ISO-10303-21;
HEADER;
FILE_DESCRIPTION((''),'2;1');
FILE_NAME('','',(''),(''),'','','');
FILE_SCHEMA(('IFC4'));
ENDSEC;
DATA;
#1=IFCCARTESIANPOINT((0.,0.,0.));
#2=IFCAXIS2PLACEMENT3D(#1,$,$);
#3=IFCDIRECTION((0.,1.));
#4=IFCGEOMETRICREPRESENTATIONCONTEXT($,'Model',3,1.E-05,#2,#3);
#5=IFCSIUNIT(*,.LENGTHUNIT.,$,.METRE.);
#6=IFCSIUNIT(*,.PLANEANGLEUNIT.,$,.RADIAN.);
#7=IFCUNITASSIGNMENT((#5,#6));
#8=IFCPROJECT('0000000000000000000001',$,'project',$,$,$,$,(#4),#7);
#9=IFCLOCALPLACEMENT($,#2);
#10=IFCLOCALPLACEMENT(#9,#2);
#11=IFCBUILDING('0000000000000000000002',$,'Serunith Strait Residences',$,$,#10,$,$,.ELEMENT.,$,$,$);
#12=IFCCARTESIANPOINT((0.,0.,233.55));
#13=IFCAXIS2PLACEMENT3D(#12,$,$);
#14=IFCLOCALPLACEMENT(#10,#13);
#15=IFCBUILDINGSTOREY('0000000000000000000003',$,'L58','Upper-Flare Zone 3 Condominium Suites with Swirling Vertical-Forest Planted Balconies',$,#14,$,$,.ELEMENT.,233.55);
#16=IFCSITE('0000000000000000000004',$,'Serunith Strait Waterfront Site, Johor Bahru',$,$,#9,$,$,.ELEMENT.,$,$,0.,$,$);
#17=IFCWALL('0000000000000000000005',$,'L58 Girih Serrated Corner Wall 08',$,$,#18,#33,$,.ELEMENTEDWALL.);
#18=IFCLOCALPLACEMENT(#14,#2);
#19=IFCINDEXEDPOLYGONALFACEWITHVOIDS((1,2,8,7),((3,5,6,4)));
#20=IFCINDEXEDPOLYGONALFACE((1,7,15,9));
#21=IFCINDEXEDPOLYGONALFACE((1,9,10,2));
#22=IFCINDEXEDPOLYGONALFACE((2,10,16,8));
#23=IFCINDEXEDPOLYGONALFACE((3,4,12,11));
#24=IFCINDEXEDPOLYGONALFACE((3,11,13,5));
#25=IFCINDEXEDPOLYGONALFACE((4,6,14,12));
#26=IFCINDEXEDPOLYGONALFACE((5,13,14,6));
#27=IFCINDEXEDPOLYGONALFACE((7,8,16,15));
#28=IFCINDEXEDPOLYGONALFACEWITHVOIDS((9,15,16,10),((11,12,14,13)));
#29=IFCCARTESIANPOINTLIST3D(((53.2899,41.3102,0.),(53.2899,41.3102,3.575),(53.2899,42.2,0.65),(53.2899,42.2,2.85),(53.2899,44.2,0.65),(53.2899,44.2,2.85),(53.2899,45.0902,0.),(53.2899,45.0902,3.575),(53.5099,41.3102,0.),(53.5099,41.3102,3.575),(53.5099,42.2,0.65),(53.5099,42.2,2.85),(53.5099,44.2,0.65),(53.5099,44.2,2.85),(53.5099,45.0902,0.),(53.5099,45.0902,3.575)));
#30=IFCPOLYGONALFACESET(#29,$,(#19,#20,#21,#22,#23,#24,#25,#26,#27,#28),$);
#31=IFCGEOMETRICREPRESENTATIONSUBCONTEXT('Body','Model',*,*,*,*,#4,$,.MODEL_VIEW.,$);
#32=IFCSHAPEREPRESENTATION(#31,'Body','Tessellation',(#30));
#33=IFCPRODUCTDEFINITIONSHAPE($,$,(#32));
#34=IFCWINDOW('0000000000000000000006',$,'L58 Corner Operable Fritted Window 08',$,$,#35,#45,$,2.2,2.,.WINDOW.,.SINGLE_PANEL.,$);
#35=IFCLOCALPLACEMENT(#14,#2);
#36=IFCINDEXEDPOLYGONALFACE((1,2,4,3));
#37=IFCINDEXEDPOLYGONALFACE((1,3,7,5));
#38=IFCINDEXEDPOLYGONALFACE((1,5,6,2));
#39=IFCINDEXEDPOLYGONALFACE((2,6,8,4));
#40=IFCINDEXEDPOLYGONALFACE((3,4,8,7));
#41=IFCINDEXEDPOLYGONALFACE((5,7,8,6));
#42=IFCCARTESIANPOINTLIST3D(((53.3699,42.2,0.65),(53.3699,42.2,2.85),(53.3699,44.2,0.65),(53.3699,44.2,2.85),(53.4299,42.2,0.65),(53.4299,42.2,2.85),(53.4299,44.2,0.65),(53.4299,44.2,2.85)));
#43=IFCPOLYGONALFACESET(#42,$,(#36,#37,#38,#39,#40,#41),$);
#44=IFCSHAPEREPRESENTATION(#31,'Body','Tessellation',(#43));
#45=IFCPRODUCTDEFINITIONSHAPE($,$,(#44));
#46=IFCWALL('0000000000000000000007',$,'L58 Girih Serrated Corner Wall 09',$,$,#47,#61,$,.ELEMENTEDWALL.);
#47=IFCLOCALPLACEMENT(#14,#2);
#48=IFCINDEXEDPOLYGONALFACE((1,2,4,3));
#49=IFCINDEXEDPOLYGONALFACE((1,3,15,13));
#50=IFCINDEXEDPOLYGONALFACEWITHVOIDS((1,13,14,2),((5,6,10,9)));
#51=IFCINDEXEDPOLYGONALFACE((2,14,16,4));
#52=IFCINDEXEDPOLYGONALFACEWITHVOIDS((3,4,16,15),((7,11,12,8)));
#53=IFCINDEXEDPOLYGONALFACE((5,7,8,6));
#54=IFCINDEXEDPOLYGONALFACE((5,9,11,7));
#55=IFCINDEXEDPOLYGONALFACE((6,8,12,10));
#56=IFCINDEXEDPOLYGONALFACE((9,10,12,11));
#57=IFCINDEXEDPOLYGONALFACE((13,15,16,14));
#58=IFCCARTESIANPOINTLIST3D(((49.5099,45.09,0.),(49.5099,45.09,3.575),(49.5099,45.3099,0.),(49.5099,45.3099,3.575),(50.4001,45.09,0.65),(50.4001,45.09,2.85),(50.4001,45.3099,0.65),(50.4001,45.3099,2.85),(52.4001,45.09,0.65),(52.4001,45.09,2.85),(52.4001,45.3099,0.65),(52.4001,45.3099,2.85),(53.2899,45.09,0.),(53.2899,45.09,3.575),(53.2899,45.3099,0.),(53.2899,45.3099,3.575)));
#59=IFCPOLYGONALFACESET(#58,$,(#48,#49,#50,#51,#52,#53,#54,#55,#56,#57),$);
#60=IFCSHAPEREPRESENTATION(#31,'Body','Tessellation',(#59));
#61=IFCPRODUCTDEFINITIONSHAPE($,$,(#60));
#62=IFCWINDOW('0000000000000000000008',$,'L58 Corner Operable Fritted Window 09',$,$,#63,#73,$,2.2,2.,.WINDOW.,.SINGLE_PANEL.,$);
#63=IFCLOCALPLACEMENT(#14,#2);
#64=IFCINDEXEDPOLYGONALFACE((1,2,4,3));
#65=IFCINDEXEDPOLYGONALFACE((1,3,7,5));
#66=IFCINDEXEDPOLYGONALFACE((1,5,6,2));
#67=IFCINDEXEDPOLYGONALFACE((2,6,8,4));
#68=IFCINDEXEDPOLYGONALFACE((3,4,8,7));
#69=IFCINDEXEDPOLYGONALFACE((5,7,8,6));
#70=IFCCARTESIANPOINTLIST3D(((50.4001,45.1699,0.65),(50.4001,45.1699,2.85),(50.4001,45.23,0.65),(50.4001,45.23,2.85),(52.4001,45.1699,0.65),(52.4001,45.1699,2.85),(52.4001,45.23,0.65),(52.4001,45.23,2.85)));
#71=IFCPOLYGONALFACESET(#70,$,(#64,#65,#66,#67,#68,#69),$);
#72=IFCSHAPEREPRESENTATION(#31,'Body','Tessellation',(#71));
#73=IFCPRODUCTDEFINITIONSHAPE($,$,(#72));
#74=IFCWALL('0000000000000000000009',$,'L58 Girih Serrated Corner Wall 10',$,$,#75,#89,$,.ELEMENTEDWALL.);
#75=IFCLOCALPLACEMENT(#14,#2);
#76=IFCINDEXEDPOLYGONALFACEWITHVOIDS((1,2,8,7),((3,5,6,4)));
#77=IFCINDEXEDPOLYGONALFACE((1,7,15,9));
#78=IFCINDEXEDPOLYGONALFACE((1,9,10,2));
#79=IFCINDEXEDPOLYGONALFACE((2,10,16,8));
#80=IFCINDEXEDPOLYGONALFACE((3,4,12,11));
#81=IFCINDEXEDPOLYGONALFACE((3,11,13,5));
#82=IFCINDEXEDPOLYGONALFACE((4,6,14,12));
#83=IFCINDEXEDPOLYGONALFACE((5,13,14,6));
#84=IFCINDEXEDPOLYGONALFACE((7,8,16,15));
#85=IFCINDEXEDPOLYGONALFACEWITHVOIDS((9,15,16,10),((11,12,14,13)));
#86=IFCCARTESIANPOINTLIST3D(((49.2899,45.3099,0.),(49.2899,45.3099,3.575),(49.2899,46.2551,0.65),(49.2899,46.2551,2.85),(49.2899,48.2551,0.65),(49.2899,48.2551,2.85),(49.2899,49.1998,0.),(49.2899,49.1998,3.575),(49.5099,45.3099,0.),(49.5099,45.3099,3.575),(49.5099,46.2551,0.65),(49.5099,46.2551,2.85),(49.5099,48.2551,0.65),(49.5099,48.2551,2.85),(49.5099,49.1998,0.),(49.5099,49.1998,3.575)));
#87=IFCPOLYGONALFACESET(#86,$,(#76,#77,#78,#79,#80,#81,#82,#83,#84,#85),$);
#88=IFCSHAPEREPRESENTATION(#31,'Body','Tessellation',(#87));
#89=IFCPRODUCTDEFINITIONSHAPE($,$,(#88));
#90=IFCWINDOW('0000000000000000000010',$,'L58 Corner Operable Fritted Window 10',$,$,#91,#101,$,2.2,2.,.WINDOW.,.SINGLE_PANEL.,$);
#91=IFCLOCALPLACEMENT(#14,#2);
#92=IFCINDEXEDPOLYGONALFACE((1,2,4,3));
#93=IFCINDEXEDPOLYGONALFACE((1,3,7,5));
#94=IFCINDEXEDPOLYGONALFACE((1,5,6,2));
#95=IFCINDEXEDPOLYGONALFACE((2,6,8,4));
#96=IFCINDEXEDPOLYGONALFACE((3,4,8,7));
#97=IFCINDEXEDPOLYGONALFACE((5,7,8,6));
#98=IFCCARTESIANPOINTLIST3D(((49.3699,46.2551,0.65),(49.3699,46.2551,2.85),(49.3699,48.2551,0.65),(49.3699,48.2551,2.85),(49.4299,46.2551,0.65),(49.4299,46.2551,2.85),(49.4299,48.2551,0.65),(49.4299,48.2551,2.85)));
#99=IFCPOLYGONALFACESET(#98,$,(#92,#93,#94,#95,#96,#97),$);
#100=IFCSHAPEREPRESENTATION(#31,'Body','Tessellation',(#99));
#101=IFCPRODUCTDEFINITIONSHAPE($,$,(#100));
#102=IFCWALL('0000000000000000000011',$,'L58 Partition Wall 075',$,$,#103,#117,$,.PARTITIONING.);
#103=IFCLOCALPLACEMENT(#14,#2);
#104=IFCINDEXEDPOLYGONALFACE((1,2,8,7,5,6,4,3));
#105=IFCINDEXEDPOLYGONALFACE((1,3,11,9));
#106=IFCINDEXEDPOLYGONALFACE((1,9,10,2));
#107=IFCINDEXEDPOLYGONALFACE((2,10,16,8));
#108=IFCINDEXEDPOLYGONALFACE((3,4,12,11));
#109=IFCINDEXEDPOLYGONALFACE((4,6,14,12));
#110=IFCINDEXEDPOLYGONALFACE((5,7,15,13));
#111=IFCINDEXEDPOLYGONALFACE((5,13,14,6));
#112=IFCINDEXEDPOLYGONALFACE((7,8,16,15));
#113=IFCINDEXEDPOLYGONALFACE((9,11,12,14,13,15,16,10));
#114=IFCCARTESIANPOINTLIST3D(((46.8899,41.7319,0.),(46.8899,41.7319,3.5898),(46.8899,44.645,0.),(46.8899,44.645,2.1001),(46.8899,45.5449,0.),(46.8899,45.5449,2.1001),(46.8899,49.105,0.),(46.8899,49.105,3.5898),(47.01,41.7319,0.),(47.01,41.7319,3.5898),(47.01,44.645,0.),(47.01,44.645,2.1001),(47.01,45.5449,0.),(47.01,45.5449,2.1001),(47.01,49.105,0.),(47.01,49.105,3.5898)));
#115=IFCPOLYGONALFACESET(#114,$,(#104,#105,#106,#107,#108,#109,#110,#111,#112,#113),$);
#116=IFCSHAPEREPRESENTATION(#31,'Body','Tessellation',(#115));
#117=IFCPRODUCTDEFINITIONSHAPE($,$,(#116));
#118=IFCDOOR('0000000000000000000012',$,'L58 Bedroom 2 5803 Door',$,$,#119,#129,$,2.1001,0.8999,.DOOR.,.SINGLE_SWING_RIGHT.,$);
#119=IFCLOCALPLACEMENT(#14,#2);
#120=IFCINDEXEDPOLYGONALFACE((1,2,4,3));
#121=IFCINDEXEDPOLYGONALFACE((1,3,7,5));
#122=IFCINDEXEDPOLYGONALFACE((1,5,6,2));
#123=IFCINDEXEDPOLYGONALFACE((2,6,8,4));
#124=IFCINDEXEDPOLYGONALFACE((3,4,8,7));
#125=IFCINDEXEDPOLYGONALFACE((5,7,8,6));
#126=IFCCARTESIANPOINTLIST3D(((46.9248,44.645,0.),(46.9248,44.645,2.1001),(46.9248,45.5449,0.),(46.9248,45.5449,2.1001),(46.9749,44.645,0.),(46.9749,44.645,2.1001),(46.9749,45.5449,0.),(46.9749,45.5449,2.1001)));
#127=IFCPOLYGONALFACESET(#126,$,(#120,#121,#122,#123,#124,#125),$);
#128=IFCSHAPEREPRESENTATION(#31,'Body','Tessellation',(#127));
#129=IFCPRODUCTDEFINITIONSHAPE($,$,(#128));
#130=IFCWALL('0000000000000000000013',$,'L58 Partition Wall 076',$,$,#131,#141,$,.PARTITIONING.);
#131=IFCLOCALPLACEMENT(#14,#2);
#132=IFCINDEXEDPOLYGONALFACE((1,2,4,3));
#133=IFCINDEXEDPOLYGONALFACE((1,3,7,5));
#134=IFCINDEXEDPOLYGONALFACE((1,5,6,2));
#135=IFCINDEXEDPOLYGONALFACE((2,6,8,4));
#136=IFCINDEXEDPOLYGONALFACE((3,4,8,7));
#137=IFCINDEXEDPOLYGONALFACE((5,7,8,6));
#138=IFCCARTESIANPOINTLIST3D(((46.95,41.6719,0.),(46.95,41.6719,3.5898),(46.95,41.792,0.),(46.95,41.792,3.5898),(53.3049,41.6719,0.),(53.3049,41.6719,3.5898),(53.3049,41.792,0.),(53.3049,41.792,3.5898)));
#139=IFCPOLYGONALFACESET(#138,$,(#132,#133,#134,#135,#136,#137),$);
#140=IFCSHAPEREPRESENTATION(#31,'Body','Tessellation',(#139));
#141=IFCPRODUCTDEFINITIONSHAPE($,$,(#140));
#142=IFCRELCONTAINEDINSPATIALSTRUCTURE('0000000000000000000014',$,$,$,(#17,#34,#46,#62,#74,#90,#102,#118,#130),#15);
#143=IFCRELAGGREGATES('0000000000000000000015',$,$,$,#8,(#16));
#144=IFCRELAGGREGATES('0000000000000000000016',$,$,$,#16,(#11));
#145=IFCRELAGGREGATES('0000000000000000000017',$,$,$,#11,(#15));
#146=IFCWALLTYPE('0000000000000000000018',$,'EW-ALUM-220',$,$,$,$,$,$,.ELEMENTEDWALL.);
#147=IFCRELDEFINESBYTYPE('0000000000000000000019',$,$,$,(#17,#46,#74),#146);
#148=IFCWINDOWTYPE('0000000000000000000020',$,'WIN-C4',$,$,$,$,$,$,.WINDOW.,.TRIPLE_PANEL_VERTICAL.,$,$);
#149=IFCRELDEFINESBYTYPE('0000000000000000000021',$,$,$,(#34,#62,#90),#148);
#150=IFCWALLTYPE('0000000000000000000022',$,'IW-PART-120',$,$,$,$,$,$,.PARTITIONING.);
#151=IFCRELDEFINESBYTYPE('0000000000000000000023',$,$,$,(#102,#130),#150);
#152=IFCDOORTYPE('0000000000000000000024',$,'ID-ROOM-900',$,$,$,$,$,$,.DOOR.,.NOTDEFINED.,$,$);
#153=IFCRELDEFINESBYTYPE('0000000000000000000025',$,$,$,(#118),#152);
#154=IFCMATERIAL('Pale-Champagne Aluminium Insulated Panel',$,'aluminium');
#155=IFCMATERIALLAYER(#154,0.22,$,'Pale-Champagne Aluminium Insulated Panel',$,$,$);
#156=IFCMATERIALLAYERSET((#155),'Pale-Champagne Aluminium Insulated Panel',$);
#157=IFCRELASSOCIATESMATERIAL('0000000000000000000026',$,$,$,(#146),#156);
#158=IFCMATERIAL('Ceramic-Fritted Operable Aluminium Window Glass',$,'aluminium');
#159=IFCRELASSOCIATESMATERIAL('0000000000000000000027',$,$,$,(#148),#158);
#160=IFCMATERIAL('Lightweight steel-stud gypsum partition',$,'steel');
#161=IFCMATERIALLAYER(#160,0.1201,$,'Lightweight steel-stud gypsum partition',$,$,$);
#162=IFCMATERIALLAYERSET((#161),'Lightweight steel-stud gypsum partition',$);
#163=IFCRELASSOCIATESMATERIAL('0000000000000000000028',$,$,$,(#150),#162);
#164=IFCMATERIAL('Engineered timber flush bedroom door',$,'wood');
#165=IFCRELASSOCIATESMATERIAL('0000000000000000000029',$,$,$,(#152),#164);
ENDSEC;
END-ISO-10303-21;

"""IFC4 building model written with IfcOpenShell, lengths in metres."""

from ifc_helpers import new_model, si_unit, direction, frame, frame_2d, origin, place, context, subcontext, project, spatial, rectangle, extrude, source, transform, mapped, material, layer, layer_set, type_object, element, fill, save


model = new_model("IFC4")

# Units and contexts
model_context = context("Model", 3, precision=1e-05, world=origin(), true_north=direction((0.0, 1.0)))
body_context = subcontext(model_context, "Body", "Model", "MODEL_VIEW")
ifc_project = project(units=[si_unit("LENGTHUNIT", "METRE"), si_unit("PLANEANGLEUNIT", "RADIAN")], contexts=[model_context])

# Site, building, storey
site_placement = place(None, origin())
site = spatial("IfcSite", under=ifc_project, at=site_placement, Name="Serunith Strait Waterfront Site, Johor Bahru", CompositionType="ELEMENT", RefElevation=0.0)
building_placement = place(site_placement, origin())
building = spatial("IfcBuilding", under=site, at=building_placement, Name="Serunith Strait Residences", CompositionType="ELEMENT")
storey_placement = place(building_placement, frame((0.0, 0.0, 233.55)))
storey = spatial("IfcBuildingStorey", under=building, at=storey_placement, Name="L58", Description="Upper-Flare Zone 3 Condominium Suites with Swirling Vertical-Forest Planted Balconies", CompositionType="ELEMENT", Elevation=233.55)

# Walls, openings, windows
ifc_material_1 = material(Name="Pale-Champagne Aluminium Insulated Panel", Category="aluminium")
ifc_layer_1 = layer(ifc_material_1, 0.22, Name="Pale-Champagne Aluminium Insulated Panel")
ifc_layer_set_1 = layer_set([ifc_layer_1], Name="Pale-Champagne Aluminium Insulated Panel")
wall_type_1 = type_object("IfcWallType", Name="EW-ALUM-220", PredefinedType="ELEMENTEDWALL", material=ifc_layer_set_1)
ifc_material_2 = material(Name="Ceramic-Fritted Operable Aluminium Window Glass", Category="aluminium")
window_type = type_object("IfcWindowType", Name="WIN-C4", PartitioningType="TRIPLE_PANEL_VERTICAL", PredefinedType="WINDOW", material=ifc_material_2)
shared_shape_1 = source(origin(), body_context, "Body", "SweptSolid", [
    extrude(rectangle(XDim=2.0, YDim=2.2, at=frame_2d((1.0, 1.1001))), frame((0.0, 0.03, 0.0), z_axis=(0.0, -1.0, 0.0), x_axis=(1.0, 0.0, 0.0)), (0.0, 0.0, 1.0), 0.0601),
])
wall_1_placement = place(storey_placement, frame((53.3999, 41.3101, 0.0), z_axis=(0.0, 0.0, 1.0), x_axis=(0.0, 1.0, 0.0)))
wall_1 = element("IfcWall", 1, at=wall_1_placement, inside=storey, type_object=wall_type_1, Name="L58 Girih Serrated Corner Wall 08", PredefinedType="ELEMENTEDWALL", context=body_context, shape_type="SweptSolid", body=[
    extrude(rectangle(XDim=3.78, YDim=0.22, at=frame_2d((1.8901, 0.0))), origin(), (0.0, 0.0, 1.0), 3.575),
])
opening_1_placement = place(wall_1_placement, frame((0.8899, 0.0, 0.6499)))
opening_1 = element("IfcOpeningElement", 2, at=opening_1_placement, cuts=wall_1, PredefinedType="OPENING", context=body_context, shape_type="SweptSolid", body=[
    extrude(rectangle(XDim=2.0, YDim=2.2, at=frame_2d((1.0, 1.1001))), frame((0.0, 0.1201, 0.0), z_axis=(0.0, -1.0, 0.0), x_axis=(1.0, 0.0, 0.0)), (0.0, 0.0, 1.0), 0.24),
])
window_1_placement = place(opening_1_placement, origin())
window_1 = element("IfcWindow", 3, at=window_1_placement, inside=storey, type_object=window_type, Name="L58 Corner Operable Fritted Window 08", OverallHeight=2.2, OverallWidth=2.0, PartitioningType="SINGLE_PANEL", PredefinedType="WINDOW", context=body_context, shape_type="MappedRepresentation", body=[
    mapped(shared_shape_1, transform((0.0, 0.0, 0.0), scale=1.0)),
])
fill(opening_1, window_1)
wall_2_placement = place(storey_placement, frame((53.29, 45.2, 0.0), z_axis=(0.0, 0.0, 1.0), x_axis=(-1.0, 0.0, 0.0)))
wall_2 = element("IfcWall", 4, at=wall_2_placement, inside=storey, type_object=wall_type_1, Name="L58 Girih Serrated Corner Wall 09", PredefinedType="ELEMENTEDWALL", context=body_context, shape_type="SweptSolid", body=[
    extrude(rectangle(XDim=3.78, YDim=0.22, at=frame_2d((1.8901, 0.0))), origin(), (0.0, 0.0, 1.0), 3.575),
])
opening_2_placement = place(wall_2_placement, frame((0.8899, 0.0, 0.6499)))
opening_2 = element("IfcOpeningElement", 5, at=opening_2_placement, cuts=wall_2, PredefinedType="OPENING", context=body_context, shape_type="SweptSolid", body=[
    extrude(rectangle(XDim=2.0, YDim=2.2, at=frame_2d((1.0, 1.1001))), frame((0.0, 0.1201, 0.0), z_axis=(0.0, -1.0, 0.0), x_axis=(1.0, 0.0, 0.0)), (0.0, 0.0, 1.0), 0.24),
])
window_2_placement = place(opening_2_placement, origin())
window_2 = element("IfcWindow", 6, at=window_2_placement, inside=storey, type_object=window_type, Name="L58 Corner Operable Fritted Window 09", OverallHeight=2.2, OverallWidth=2.0, PartitioningType="SINGLE_PANEL", PredefinedType="WINDOW", context=body_context, shape_type="MappedRepresentation", body=[
    mapped(shared_shape_1, transform((0.0, 0.0, 0.0), scale=1.0)),
])
fill(opening_2, window_2)
wall_3_placement = place(storey_placement, frame((49.3999, 45.3101, 0.0), z_axis=(0.0, 0.0, 1.0), x_axis=(0.0, 1.0, 0.0)))
wall_3 = element("IfcWall", 7, at=wall_3_placement, inside=storey, type_object=wall_type_1, Name="L58 Girih Serrated Corner Wall 10", PredefinedType="ELEMENTEDWALL", context=body_context, shape_type="SweptSolid", body=[
    extrude(rectangle(XDim=3.8899, YDim=0.22, at=frame_2d((1.9448, 0.0))), origin(), (0.0, 0.0, 1.0), 3.575),
])
opening_3_placement = place(wall_3_placement, frame((0.9451, 0.0, 0.6499)))
opening_3 = element("IfcOpeningElement", 8, at=opening_3_placement, cuts=wall_3, PredefinedType="OPENING", context=body_context, shape_type="SweptSolid", body=[
    extrude(rectangle(XDim=2.0, YDim=2.2, at=frame_2d((1.0, 1.1001))), frame((0.0, 0.1201, 0.0), z_axis=(0.0, -1.0, 0.0), x_axis=(1.0, 0.0, 0.0)), (0.0, 0.0, 1.0), 0.24),
])
window_3_placement = place(opening_3_placement, origin())
window_3 = element("IfcWindow", 9, at=window_3_placement, inside=storey, type_object=window_type, Name="L58 Corner Operable Fritted Window 10", OverallHeight=2.2, OverallWidth=2.0, PartitioningType="SINGLE_PANEL", PredefinedType="WINDOW", context=body_context, shape_type="MappedRepresentation", body=[
    mapped(shared_shape_1, transform((0.0, 0.0, 0.0), scale=1.0)),
])
fill(opening_3, window_3)

# Wall, opening, door
ifc_material_3 = material(Name="Lightweight steel-stud gypsum partition", Category="steel")
ifc_layer_2 = layer(ifc_material_3, 0.1201, Name="Lightweight steel-stud gypsum partition")
ifc_layer_set_2 = layer_set([ifc_layer_2], Name="Lightweight steel-stud gypsum partition")
wall_type_2 = type_object("IfcWallType", Name="IW-PART-120", PredefinedType="PARTITIONING", material=ifc_layer_set_2)
wall_4_placement = place(storey_placement, frame((46.95, 49.105, 0.0), z_axis=(0.0, 0.0, 1.0), x_axis=(0.0, -1.0, 0.0)))
wall_4 = element("IfcWall", 10, at=wall_4_placement, inside=storey, type_object=wall_type_2, Name="L58 Partition Wall 075", PredefinedType="PARTITIONING", context=body_context, shape_type="SweptSolid", body=[
    extrude(rectangle(XDim=7.373, YDim=0.1201, at=frame_2d((3.6865, 0.0))), origin(), (0.0, 0.0, 1.0), 3.5898),
])
opening_4_placement = place(wall_4_placement, frame((3.5601, 0.0, 0.0)))
opening_4 = element("IfcOpeningElement", 11, at=opening_4_placement, cuts=wall_4, PredefinedType="OPENING", context=body_context, shape_type="SweptSolid", body=[
    extrude(rectangle(XDim=0.8999, YDim=2.1001, at=frame_2d((0.45, 1.05))), frame((0.0, 0.0701, 0.0), z_axis=(0.0, -1.0, 0.0), x_axis=(1.0, 0.0, 0.0)), (0.0, 0.0, 1.0), 0.1401),
])
ifc_material_4 = material(Name="Engineered timber flush bedroom door", Category="wood")
door_type_1 = type_object("IfcDoorType", Name="ID-ROOM-900", OperationType="NOTDEFINED", PredefinedType="DOOR", material=ifc_material_4)
shared_shape_2 = source(origin(), body_context, "Body", "SweptSolid", [
    extrude(rectangle(XDim=0.8999, YDim=2.1001, at=frame_2d((0.45, 1.05))), frame((0.0, 0.0249, 0.0), z_axis=(0.0, -1.0, 0.0), x_axis=(1.0, 0.0, 0.0)), (0.0, 0.0, 1.0), 0.05),
])
door_1_placement = place(opening_4_placement, origin())
door_1 = element("IfcDoor", 12, at=door_1_placement, inside=storey, type_object=door_type_1, Name="L58 Bedroom 2 5803 Door", OperationType="SINGLE_SWING_RIGHT", OverallHeight=2.1001, OverallWidth=0.8999, PredefinedType="DOOR", context=body_context, shape_type="MappedRepresentation", body=[
    mapped(shared_shape_2, transform((0.0, 0.0, 0.0), scale=1.0)),
])
fill(opening_4, door_1)

# Wall
wall_5_placement = place(storey_placement, frame((46.95, 41.7319, 0.0), z_axis=(0.0, 0.0, 1.0), x_axis=(1.0, 0.0, 0.0)))
element("IfcWall", 13, at=wall_5_placement, inside=storey, type_object=wall_type_2, Name="L58 Partition Wall 076", PredefinedType="PARTITIONING", context=body_context, shape_type="SweptSolid", body=[
    extrude(rectangle(XDim=6.355, YDim=0.1201, at=frame_2d((3.1775, 0.0))), origin(), (0.0, 0.0, 1.0), 3.5898),
])

save(model, "model.ifc")
